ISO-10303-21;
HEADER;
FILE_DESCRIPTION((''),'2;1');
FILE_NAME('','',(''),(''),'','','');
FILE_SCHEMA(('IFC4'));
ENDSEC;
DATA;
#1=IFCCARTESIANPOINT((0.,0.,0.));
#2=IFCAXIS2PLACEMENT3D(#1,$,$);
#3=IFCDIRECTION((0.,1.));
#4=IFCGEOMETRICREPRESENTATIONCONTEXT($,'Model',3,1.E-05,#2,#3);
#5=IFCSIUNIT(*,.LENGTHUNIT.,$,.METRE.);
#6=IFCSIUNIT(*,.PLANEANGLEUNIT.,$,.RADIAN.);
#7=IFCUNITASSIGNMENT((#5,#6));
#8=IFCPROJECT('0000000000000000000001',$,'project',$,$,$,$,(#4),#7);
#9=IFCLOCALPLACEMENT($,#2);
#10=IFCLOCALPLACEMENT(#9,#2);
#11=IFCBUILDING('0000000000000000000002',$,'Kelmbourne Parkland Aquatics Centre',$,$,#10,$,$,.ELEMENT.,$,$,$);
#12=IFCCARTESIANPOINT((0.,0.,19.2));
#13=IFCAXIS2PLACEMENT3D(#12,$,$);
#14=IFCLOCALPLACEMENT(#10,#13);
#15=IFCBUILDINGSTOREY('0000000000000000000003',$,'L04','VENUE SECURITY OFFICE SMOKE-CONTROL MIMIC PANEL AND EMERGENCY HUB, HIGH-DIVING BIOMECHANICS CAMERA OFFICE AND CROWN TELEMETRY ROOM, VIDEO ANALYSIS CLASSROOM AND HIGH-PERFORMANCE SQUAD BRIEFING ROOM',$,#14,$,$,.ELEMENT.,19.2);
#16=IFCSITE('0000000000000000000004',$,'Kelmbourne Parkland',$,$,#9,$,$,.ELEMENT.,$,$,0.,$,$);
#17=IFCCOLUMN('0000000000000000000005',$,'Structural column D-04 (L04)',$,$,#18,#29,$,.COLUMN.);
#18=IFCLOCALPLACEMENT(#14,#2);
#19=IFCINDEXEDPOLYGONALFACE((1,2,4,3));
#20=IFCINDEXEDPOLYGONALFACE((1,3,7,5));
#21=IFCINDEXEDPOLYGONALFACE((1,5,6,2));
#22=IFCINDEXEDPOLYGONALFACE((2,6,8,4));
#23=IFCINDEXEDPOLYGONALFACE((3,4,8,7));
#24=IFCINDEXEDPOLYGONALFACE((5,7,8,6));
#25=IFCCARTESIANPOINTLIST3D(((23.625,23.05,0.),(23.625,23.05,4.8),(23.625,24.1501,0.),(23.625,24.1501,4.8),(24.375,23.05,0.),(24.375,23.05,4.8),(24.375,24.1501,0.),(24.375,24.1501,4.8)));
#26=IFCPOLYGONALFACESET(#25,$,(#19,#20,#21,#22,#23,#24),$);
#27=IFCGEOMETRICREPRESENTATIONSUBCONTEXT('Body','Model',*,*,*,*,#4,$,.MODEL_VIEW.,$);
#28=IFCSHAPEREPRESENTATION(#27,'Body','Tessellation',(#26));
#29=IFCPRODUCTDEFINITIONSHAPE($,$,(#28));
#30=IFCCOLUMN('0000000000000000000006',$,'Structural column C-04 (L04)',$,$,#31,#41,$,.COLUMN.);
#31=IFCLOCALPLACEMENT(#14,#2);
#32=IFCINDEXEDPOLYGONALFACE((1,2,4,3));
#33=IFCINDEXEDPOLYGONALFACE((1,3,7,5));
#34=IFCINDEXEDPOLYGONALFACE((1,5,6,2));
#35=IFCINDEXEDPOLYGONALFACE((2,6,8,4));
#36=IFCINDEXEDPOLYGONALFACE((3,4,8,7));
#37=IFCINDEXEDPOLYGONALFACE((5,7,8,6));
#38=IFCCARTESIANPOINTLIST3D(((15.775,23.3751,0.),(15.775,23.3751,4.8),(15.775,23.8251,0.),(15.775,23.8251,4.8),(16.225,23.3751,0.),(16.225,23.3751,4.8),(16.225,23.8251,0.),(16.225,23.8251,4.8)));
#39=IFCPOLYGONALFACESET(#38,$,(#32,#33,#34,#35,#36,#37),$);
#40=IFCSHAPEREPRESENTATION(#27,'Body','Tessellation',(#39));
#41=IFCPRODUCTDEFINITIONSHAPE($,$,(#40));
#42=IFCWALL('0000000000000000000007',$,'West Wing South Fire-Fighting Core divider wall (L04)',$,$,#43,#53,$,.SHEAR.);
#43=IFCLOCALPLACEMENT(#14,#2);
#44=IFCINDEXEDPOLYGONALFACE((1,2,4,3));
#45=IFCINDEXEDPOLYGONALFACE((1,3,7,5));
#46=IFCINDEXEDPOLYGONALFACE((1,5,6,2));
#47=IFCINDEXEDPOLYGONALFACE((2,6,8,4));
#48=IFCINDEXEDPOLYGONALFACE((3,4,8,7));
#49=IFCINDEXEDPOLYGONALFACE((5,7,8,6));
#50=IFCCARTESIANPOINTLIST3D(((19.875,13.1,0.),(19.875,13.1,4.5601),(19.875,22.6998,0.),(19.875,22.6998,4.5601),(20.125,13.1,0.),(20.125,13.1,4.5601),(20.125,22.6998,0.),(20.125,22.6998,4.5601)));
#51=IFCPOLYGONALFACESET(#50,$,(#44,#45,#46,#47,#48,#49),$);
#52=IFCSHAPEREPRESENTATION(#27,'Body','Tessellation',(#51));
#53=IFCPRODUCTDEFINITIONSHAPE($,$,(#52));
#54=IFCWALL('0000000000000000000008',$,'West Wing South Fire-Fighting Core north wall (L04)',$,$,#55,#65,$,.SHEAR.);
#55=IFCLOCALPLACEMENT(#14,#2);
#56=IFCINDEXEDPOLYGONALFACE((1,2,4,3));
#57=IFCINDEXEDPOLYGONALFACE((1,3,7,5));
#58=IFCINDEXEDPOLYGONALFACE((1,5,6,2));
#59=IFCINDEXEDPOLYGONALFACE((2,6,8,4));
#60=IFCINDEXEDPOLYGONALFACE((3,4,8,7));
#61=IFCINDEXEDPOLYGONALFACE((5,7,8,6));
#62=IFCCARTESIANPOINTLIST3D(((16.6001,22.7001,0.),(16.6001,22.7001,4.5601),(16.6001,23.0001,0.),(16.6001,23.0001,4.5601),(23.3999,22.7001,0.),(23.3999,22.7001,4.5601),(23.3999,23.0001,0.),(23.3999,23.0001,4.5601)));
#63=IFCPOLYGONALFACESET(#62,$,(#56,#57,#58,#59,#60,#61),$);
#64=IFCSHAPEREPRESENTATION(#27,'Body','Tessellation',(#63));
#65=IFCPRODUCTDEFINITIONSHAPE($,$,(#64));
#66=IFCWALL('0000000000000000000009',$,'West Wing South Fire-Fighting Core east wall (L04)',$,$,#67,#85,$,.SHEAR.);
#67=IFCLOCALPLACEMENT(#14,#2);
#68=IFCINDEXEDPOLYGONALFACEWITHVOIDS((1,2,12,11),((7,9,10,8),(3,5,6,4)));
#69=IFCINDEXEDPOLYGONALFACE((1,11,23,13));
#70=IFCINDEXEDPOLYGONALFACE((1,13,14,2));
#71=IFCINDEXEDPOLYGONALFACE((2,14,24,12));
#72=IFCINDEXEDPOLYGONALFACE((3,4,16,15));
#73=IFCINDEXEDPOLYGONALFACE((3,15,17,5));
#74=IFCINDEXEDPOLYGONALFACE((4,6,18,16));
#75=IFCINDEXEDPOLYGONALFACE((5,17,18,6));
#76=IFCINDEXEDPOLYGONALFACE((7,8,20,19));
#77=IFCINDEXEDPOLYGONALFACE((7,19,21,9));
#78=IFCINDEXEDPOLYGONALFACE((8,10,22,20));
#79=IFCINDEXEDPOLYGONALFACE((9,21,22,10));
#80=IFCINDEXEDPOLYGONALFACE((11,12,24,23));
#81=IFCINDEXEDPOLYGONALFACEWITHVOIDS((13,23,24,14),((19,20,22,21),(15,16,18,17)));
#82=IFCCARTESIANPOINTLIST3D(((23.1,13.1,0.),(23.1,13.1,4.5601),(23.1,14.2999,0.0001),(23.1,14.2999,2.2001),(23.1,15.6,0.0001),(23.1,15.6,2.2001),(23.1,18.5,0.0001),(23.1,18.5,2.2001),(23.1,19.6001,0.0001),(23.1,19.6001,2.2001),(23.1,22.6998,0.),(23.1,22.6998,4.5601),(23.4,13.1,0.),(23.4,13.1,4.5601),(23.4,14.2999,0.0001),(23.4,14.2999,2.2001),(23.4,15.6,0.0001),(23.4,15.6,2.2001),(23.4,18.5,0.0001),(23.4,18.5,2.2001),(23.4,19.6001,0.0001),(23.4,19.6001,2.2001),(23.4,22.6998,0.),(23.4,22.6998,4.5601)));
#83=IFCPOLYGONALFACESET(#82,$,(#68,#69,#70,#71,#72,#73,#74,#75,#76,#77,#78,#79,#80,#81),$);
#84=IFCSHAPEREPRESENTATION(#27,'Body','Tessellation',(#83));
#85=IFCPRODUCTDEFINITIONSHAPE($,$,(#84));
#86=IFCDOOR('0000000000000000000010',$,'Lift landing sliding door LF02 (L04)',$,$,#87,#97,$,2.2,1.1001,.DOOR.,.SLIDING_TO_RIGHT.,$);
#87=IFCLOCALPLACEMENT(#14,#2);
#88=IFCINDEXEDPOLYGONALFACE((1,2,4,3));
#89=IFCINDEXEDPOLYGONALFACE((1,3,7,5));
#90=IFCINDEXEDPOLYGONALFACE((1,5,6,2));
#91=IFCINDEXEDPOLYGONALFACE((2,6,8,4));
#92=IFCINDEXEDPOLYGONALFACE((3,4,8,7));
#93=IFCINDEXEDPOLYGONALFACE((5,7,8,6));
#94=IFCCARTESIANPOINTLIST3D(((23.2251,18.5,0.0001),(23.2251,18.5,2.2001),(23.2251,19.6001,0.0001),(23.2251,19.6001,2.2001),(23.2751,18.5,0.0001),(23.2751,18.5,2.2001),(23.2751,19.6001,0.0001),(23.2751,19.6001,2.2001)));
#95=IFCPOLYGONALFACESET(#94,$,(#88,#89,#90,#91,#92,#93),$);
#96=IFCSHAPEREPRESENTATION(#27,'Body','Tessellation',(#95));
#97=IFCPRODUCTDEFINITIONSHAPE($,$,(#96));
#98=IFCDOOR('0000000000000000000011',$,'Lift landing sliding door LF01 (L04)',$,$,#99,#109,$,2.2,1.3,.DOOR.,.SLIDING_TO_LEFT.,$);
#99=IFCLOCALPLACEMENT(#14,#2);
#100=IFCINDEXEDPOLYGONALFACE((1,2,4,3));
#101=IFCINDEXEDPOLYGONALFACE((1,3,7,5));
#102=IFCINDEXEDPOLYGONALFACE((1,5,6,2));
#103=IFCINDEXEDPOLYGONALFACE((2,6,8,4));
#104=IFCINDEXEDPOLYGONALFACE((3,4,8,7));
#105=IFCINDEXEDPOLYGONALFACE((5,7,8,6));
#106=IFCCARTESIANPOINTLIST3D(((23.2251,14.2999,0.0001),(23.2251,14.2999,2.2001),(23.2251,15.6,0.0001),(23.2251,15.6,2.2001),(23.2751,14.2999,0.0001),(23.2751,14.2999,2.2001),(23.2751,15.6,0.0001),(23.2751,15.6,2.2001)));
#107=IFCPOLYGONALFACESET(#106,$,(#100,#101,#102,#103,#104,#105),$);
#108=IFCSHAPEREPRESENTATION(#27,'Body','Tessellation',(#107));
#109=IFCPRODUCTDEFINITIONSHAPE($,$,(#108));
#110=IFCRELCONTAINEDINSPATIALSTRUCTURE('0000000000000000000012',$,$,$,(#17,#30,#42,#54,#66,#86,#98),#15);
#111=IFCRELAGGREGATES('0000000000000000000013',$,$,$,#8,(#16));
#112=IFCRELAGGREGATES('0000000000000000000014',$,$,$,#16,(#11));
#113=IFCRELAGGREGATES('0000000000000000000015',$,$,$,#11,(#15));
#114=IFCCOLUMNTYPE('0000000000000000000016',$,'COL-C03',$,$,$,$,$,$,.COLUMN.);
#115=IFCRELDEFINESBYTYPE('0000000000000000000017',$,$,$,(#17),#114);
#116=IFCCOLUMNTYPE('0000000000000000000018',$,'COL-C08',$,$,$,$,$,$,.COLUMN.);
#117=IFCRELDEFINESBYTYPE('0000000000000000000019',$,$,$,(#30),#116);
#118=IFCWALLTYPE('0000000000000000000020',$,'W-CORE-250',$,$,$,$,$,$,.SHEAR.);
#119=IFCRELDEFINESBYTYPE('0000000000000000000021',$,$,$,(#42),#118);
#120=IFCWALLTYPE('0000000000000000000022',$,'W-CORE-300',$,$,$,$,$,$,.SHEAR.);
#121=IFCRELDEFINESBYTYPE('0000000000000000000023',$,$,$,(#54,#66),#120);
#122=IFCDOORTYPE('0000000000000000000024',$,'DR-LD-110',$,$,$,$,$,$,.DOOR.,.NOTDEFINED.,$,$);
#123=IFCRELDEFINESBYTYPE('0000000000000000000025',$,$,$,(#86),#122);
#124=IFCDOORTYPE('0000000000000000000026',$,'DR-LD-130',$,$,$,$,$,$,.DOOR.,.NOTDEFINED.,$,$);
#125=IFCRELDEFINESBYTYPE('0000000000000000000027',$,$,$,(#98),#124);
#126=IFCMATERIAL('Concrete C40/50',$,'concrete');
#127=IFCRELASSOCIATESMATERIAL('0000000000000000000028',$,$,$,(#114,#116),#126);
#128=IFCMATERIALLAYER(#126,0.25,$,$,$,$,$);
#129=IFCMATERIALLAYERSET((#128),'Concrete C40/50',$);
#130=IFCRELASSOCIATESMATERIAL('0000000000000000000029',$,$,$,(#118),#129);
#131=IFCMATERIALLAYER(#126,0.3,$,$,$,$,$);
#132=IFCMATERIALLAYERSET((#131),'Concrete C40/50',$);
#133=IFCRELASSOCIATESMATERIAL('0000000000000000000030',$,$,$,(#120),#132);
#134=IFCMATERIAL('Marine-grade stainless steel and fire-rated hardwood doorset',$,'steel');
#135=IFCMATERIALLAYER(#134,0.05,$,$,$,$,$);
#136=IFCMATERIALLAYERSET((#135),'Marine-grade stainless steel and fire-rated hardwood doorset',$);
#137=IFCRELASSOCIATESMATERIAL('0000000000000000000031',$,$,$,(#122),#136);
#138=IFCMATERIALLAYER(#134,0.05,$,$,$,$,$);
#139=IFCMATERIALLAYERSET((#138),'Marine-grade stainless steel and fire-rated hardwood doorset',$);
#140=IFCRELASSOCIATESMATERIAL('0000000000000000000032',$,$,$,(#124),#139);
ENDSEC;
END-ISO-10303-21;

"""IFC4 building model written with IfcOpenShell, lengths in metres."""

from ifc_helpers import new_model, si_unit, direction, frame, frame_2d, origin, origin_2d, place, context, subcontext, project, spatial, rectangle, extrude, material, layer, layer_set, material_profile, profile_set, type_object, element, fill, save


model = new_model("IFC4")

# Units and contexts
model_context = context("Model", 3, precision=1e-05, world=origin(), true_north=direction((0.0, 1.0)))
body_context = subcontext(model_context, "Body", "Model", "MODEL_VIEW")
ifc_project = project(units=[si_unit("LENGTHUNIT", "METRE"), si_unit("PLANEANGLEUNIT", "RADIAN")], contexts=[model_context])

# Site, building, storey
site_placement = place(None, origin())
site = spatial("IfcSite", under=ifc_project, at=site_placement, Name="Kelmbourne Parkland", CompositionType="ELEMENT", RefElevation=0.0)
building_placement = place(site_placement, origin())
building = spatial("IfcBuilding", under=site, at=building_placement, Name="Kelmbourne Parkland Aquatics Centre", CompositionType="ELEMENT")
storey_placement = place(building_placement, frame((0.0, 0.0, 19.2)))
storey = spatial("IfcBuildingStorey", under=building, at=storey_placement, Name="L04", Description="VENUE SECURITY OFFICE SMOKE-CONTROL MIMIC PANEL AND EMERGENCY HUB, HIGH-DIVING BIOMECHANICS CAMERA OFFICE AND CROWN TELEMETRY ROOM, VIDEO ANALYSIS CLASSROOM AND HIGH-PERFORMANCE SQUAD BRIEFING ROOM", CompositionType="ELEMENT", Elevation=19.2)

# Columns
ifc_material_1 = material(Name="Concrete C40/50", Category="concrete")
ifc_material_profile_1 = material_profile(ifc_material_1, rectangle(XDim=0.75, YDim=1.1001, at=origin_2d()), Name="RC 750x1100")
ifc_profile_set_1 = profile_set([ifc_material_profile_1], Name="Concrete C40/50")
column_type_1 = type_object("IfcColumnType", Name="COL-C03", PredefinedType="COLUMN", material=ifc_profile_set_1)
column_1_placement = place(storey_placement, frame((24.0, 23.6001, 0.0), z_axis=(0.0, 0.0, 1.0), x_axis=(1.0, 0.0, 0.0)))
element("IfcColumn", 1, at=column_1_placement, inside=storey, type_object=column_type_1, Name="Structural column D-04 (L04)", PredefinedType="COLUMN", context=body_context, shape_type="SweptSolid", body=[
    extrude(rectangle(XDim=0.75, YDim=1.1001, at=origin_2d()), origin(), (0.0, 0.0, 1.0), 4.8),
])
ifc_material_profile_2 = material_profile(ifc_material_1, rectangle(XDim=0.45, YDim=0.45, at=origin_2d()), Name="RC 450x450")
ifc_profile_set_2 = profile_set([ifc_material_profile_2], Name="Concrete C40/50")
column_type_2 = type_object("IfcColumnType", Name="COL-C08", PredefinedType="COLUMN", material=ifc_profile_set_2)
column_2_placement = place(storey_placement, frame((16.0, 23.6001, 0.0), z_axis=(0.0, 0.0, 1.0), x_axis=(1.0, 0.0, 0.0)))
element("IfcColumn", 2, at=column_2_placement, inside=storey, type_object=column_type_2, Name="Structural column C-04 (L04)", PredefinedType="COLUMN", context=body_context, shape_type="SweptSolid", body=[
    extrude(rectangle(XDim=0.45, YDim=0.45, at=origin_2d()), origin(), (0.0, 0.0, 1.0), 4.8),
])

# Walls
ifc_layer_1 = layer(ifc_material_1, 0.25)
ifc_layer_set_1 = layer_set([ifc_layer_1], Name="Concrete C40/50")
wall_type_1 = type_object("IfcWallType", Name="W-CORE-250", PredefinedType="SHEAR", material=ifc_layer_set_1)
wall_1_placement = place(storey_placement, frame((20.0, 13.1001, 0.0), z_axis=(0.0, 0.0, 1.0), x_axis=(0.0, 1.0, 0.0)))
element("IfcWall", 3, at=wall_1_placement, inside=storey, type_object=wall_type_1, Name="West Wing South Fire-Fighting Core divider wall (L04)", PredefinedType="SHEAR", context=body_context, shape_type="SweptSolid", body=[
    extrude(rectangle(XDim=9.5999, YDim=0.25, at=frame_2d((4.7998, 0.0))), origin(), (0.0, 0.0, 1.0), 4.5601),
])
ifc_layer_2 = layer(ifc_material_1, 0.3)
ifc_layer_set_2 = layer_set([ifc_layer_2], Name="Concrete C40/50")
wall_type_2 = type_object("IfcWallType", Name="W-CORE-300", PredefinedType="SHEAR", material=ifc_layer_set_2)
wall_2_placement = place(storey_placement, frame((16.6001, 22.8501, 0.0), z_axis=(0.0, 0.0, 1.0), x_axis=(1.0, 0.0, 0.0)))
element("IfcWall", 4, at=wall_2_placement, inside=storey, type_object=wall_type_2, Name="West Wing South Fire-Fighting Core north wall (L04)", PredefinedType="SHEAR", context=body_context, shape_type="SweptSolid", body=[
    extrude(rectangle(XDim=6.7998, YDim=0.3, at=frame_2d((3.3999, 0.0))), origin(), (0.0, 0.0, 1.0), 4.5601),
])

# Wall, openings, doors
wall_3_placement = place(storey_placement, frame((23.25, 13.1001, 0.0), z_axis=(0.0, 0.0, 1.0), x_axis=(0.0, 1.0, 0.0)))
wall_3 = element("IfcWall", 5, at=wall_3_placement, inside=storey, type_object=wall_type_2, Name="West Wing South Fire-Fighting Core east wall (L04)", PredefinedType="SHEAR", context=body_context, shape_type="SweptSolid", body=[
    extrude(rectangle(XDim=9.5999, YDim=0.3, at=frame_2d((4.7998, 0.0))), origin(), (0.0, 0.0, 1.0), 4.5601),
])
opening_1_placement = place(wall_3_placement, frame((1.2, 0.0, 0.0)))
opening_1 = element("IfcOpeningElement", 6, at=opening_1_placement, cuts=wall_3, PredefinedType="OPENING", context=body_context, shape_type="SweptSolid", body=[
    extrude(rectangle(XDim=1.3, YDim=2.2, at=frame_2d((0.6499, 1.1001))), frame((0.0, 0.1621, 0.0), z_axis=(0.0, -1.0, 0.0), x_axis=(1.0, 0.0, 0.0)), (0.0, 0.0, 1.0), 0.324),
])
opening_2_placement = place(wall_3_placement, frame((5.3999, 0.0, 0.0)))
opening_2 = element("IfcOpeningElement", 7, at=opening_2_placement, cuts=wall_3, PredefinedType="OPENING", context=body_context, shape_type="SweptSolid", body=[
    extrude(rectangle(XDim=1.1001, YDim=2.2, at=frame_2d((0.55, 1.1001))), frame((0.0, 0.1621, 0.0), z_axis=(0.0, -1.0, 0.0), x_axis=(1.0, 0.0, 0.0)), (0.0, 0.0, 1.0), 0.324),
])
ifc_material_2 = material(Name="Marine-grade stainless steel and fire-rated hardwood doorset", Category="steel")
ifc_layer_3 = layer(ifc_material_2, 0.05)
ifc_layer_set_3 = layer_set([ifc_layer_3], Name="Marine-grade stainless steel and fire-rated hardwood doorset")
door_type_1 = type_object("IfcDoorType", Name="DR-LD-110", OperationType="NOTDEFINED", PredefinedType="DOOR", material=ifc_layer_set_3)
door_1_placement = place(opening_2_placement, origin())
door_1 = element("IfcDoor", 8, at=door_1_placement, inside=storey, type_object=door_type_1, Name="Lift landing sliding door LF02 (L04)", OperationType="SLIDING_TO_RIGHT", OverallHeight=2.2, OverallWidth=1.1001, PredefinedType="DOOR", context=body_context, shape_type="SweptSolid", body=[
    extrude(rectangle(XDim=1.1001, YDim=2.2, at=frame_2d((0.55, 1.1001))), frame((0.0, 0.0249, 0.0), z_axis=(0.0, -1.0, 0.0), x_axis=(1.0, 0.0, 0.0)), (0.0, 0.0, 1.0), 0.05),
])
fill(opening_2, door_1)
ifc_layer_4 = layer(ifc_material_2, 0.05)
ifc_layer_set_4 = layer_set([ifc_layer_4], Name="Marine-grade stainless steel and fire-rated hardwood doorset")
door_type_2 = type_object("IfcDoorType", Name="DR-LD-130", OperationType="NOTDEFINED", PredefinedType="DOOR", material=ifc_layer_set_4)
door_2_placement = place(opening_1_placement, origin())
door_2 = element("IfcDoor", 9, at=door_2_placement, inside=storey, type_object=door_type_2, Name="Lift landing sliding door LF01 (L04)", OperationType="SLIDING_TO_LEFT", OverallHeight=2.2, OverallWidth=1.3, PredefinedType="DOOR", context=body_context, shape_type="SweptSolid", body=[
    extrude(rectangle(XDim=1.3, YDim=2.2, at=frame_2d((0.6499, 1.1001))), frame((0.0, 0.0249, 0.0), z_axis=(0.0, -1.0, 0.0), x_axis=(1.0, 0.0, 0.0)), (0.0, 0.0, 1.0), 0.05),
])
fill(opening_1, door_2)

save(model, "model.ifc")
